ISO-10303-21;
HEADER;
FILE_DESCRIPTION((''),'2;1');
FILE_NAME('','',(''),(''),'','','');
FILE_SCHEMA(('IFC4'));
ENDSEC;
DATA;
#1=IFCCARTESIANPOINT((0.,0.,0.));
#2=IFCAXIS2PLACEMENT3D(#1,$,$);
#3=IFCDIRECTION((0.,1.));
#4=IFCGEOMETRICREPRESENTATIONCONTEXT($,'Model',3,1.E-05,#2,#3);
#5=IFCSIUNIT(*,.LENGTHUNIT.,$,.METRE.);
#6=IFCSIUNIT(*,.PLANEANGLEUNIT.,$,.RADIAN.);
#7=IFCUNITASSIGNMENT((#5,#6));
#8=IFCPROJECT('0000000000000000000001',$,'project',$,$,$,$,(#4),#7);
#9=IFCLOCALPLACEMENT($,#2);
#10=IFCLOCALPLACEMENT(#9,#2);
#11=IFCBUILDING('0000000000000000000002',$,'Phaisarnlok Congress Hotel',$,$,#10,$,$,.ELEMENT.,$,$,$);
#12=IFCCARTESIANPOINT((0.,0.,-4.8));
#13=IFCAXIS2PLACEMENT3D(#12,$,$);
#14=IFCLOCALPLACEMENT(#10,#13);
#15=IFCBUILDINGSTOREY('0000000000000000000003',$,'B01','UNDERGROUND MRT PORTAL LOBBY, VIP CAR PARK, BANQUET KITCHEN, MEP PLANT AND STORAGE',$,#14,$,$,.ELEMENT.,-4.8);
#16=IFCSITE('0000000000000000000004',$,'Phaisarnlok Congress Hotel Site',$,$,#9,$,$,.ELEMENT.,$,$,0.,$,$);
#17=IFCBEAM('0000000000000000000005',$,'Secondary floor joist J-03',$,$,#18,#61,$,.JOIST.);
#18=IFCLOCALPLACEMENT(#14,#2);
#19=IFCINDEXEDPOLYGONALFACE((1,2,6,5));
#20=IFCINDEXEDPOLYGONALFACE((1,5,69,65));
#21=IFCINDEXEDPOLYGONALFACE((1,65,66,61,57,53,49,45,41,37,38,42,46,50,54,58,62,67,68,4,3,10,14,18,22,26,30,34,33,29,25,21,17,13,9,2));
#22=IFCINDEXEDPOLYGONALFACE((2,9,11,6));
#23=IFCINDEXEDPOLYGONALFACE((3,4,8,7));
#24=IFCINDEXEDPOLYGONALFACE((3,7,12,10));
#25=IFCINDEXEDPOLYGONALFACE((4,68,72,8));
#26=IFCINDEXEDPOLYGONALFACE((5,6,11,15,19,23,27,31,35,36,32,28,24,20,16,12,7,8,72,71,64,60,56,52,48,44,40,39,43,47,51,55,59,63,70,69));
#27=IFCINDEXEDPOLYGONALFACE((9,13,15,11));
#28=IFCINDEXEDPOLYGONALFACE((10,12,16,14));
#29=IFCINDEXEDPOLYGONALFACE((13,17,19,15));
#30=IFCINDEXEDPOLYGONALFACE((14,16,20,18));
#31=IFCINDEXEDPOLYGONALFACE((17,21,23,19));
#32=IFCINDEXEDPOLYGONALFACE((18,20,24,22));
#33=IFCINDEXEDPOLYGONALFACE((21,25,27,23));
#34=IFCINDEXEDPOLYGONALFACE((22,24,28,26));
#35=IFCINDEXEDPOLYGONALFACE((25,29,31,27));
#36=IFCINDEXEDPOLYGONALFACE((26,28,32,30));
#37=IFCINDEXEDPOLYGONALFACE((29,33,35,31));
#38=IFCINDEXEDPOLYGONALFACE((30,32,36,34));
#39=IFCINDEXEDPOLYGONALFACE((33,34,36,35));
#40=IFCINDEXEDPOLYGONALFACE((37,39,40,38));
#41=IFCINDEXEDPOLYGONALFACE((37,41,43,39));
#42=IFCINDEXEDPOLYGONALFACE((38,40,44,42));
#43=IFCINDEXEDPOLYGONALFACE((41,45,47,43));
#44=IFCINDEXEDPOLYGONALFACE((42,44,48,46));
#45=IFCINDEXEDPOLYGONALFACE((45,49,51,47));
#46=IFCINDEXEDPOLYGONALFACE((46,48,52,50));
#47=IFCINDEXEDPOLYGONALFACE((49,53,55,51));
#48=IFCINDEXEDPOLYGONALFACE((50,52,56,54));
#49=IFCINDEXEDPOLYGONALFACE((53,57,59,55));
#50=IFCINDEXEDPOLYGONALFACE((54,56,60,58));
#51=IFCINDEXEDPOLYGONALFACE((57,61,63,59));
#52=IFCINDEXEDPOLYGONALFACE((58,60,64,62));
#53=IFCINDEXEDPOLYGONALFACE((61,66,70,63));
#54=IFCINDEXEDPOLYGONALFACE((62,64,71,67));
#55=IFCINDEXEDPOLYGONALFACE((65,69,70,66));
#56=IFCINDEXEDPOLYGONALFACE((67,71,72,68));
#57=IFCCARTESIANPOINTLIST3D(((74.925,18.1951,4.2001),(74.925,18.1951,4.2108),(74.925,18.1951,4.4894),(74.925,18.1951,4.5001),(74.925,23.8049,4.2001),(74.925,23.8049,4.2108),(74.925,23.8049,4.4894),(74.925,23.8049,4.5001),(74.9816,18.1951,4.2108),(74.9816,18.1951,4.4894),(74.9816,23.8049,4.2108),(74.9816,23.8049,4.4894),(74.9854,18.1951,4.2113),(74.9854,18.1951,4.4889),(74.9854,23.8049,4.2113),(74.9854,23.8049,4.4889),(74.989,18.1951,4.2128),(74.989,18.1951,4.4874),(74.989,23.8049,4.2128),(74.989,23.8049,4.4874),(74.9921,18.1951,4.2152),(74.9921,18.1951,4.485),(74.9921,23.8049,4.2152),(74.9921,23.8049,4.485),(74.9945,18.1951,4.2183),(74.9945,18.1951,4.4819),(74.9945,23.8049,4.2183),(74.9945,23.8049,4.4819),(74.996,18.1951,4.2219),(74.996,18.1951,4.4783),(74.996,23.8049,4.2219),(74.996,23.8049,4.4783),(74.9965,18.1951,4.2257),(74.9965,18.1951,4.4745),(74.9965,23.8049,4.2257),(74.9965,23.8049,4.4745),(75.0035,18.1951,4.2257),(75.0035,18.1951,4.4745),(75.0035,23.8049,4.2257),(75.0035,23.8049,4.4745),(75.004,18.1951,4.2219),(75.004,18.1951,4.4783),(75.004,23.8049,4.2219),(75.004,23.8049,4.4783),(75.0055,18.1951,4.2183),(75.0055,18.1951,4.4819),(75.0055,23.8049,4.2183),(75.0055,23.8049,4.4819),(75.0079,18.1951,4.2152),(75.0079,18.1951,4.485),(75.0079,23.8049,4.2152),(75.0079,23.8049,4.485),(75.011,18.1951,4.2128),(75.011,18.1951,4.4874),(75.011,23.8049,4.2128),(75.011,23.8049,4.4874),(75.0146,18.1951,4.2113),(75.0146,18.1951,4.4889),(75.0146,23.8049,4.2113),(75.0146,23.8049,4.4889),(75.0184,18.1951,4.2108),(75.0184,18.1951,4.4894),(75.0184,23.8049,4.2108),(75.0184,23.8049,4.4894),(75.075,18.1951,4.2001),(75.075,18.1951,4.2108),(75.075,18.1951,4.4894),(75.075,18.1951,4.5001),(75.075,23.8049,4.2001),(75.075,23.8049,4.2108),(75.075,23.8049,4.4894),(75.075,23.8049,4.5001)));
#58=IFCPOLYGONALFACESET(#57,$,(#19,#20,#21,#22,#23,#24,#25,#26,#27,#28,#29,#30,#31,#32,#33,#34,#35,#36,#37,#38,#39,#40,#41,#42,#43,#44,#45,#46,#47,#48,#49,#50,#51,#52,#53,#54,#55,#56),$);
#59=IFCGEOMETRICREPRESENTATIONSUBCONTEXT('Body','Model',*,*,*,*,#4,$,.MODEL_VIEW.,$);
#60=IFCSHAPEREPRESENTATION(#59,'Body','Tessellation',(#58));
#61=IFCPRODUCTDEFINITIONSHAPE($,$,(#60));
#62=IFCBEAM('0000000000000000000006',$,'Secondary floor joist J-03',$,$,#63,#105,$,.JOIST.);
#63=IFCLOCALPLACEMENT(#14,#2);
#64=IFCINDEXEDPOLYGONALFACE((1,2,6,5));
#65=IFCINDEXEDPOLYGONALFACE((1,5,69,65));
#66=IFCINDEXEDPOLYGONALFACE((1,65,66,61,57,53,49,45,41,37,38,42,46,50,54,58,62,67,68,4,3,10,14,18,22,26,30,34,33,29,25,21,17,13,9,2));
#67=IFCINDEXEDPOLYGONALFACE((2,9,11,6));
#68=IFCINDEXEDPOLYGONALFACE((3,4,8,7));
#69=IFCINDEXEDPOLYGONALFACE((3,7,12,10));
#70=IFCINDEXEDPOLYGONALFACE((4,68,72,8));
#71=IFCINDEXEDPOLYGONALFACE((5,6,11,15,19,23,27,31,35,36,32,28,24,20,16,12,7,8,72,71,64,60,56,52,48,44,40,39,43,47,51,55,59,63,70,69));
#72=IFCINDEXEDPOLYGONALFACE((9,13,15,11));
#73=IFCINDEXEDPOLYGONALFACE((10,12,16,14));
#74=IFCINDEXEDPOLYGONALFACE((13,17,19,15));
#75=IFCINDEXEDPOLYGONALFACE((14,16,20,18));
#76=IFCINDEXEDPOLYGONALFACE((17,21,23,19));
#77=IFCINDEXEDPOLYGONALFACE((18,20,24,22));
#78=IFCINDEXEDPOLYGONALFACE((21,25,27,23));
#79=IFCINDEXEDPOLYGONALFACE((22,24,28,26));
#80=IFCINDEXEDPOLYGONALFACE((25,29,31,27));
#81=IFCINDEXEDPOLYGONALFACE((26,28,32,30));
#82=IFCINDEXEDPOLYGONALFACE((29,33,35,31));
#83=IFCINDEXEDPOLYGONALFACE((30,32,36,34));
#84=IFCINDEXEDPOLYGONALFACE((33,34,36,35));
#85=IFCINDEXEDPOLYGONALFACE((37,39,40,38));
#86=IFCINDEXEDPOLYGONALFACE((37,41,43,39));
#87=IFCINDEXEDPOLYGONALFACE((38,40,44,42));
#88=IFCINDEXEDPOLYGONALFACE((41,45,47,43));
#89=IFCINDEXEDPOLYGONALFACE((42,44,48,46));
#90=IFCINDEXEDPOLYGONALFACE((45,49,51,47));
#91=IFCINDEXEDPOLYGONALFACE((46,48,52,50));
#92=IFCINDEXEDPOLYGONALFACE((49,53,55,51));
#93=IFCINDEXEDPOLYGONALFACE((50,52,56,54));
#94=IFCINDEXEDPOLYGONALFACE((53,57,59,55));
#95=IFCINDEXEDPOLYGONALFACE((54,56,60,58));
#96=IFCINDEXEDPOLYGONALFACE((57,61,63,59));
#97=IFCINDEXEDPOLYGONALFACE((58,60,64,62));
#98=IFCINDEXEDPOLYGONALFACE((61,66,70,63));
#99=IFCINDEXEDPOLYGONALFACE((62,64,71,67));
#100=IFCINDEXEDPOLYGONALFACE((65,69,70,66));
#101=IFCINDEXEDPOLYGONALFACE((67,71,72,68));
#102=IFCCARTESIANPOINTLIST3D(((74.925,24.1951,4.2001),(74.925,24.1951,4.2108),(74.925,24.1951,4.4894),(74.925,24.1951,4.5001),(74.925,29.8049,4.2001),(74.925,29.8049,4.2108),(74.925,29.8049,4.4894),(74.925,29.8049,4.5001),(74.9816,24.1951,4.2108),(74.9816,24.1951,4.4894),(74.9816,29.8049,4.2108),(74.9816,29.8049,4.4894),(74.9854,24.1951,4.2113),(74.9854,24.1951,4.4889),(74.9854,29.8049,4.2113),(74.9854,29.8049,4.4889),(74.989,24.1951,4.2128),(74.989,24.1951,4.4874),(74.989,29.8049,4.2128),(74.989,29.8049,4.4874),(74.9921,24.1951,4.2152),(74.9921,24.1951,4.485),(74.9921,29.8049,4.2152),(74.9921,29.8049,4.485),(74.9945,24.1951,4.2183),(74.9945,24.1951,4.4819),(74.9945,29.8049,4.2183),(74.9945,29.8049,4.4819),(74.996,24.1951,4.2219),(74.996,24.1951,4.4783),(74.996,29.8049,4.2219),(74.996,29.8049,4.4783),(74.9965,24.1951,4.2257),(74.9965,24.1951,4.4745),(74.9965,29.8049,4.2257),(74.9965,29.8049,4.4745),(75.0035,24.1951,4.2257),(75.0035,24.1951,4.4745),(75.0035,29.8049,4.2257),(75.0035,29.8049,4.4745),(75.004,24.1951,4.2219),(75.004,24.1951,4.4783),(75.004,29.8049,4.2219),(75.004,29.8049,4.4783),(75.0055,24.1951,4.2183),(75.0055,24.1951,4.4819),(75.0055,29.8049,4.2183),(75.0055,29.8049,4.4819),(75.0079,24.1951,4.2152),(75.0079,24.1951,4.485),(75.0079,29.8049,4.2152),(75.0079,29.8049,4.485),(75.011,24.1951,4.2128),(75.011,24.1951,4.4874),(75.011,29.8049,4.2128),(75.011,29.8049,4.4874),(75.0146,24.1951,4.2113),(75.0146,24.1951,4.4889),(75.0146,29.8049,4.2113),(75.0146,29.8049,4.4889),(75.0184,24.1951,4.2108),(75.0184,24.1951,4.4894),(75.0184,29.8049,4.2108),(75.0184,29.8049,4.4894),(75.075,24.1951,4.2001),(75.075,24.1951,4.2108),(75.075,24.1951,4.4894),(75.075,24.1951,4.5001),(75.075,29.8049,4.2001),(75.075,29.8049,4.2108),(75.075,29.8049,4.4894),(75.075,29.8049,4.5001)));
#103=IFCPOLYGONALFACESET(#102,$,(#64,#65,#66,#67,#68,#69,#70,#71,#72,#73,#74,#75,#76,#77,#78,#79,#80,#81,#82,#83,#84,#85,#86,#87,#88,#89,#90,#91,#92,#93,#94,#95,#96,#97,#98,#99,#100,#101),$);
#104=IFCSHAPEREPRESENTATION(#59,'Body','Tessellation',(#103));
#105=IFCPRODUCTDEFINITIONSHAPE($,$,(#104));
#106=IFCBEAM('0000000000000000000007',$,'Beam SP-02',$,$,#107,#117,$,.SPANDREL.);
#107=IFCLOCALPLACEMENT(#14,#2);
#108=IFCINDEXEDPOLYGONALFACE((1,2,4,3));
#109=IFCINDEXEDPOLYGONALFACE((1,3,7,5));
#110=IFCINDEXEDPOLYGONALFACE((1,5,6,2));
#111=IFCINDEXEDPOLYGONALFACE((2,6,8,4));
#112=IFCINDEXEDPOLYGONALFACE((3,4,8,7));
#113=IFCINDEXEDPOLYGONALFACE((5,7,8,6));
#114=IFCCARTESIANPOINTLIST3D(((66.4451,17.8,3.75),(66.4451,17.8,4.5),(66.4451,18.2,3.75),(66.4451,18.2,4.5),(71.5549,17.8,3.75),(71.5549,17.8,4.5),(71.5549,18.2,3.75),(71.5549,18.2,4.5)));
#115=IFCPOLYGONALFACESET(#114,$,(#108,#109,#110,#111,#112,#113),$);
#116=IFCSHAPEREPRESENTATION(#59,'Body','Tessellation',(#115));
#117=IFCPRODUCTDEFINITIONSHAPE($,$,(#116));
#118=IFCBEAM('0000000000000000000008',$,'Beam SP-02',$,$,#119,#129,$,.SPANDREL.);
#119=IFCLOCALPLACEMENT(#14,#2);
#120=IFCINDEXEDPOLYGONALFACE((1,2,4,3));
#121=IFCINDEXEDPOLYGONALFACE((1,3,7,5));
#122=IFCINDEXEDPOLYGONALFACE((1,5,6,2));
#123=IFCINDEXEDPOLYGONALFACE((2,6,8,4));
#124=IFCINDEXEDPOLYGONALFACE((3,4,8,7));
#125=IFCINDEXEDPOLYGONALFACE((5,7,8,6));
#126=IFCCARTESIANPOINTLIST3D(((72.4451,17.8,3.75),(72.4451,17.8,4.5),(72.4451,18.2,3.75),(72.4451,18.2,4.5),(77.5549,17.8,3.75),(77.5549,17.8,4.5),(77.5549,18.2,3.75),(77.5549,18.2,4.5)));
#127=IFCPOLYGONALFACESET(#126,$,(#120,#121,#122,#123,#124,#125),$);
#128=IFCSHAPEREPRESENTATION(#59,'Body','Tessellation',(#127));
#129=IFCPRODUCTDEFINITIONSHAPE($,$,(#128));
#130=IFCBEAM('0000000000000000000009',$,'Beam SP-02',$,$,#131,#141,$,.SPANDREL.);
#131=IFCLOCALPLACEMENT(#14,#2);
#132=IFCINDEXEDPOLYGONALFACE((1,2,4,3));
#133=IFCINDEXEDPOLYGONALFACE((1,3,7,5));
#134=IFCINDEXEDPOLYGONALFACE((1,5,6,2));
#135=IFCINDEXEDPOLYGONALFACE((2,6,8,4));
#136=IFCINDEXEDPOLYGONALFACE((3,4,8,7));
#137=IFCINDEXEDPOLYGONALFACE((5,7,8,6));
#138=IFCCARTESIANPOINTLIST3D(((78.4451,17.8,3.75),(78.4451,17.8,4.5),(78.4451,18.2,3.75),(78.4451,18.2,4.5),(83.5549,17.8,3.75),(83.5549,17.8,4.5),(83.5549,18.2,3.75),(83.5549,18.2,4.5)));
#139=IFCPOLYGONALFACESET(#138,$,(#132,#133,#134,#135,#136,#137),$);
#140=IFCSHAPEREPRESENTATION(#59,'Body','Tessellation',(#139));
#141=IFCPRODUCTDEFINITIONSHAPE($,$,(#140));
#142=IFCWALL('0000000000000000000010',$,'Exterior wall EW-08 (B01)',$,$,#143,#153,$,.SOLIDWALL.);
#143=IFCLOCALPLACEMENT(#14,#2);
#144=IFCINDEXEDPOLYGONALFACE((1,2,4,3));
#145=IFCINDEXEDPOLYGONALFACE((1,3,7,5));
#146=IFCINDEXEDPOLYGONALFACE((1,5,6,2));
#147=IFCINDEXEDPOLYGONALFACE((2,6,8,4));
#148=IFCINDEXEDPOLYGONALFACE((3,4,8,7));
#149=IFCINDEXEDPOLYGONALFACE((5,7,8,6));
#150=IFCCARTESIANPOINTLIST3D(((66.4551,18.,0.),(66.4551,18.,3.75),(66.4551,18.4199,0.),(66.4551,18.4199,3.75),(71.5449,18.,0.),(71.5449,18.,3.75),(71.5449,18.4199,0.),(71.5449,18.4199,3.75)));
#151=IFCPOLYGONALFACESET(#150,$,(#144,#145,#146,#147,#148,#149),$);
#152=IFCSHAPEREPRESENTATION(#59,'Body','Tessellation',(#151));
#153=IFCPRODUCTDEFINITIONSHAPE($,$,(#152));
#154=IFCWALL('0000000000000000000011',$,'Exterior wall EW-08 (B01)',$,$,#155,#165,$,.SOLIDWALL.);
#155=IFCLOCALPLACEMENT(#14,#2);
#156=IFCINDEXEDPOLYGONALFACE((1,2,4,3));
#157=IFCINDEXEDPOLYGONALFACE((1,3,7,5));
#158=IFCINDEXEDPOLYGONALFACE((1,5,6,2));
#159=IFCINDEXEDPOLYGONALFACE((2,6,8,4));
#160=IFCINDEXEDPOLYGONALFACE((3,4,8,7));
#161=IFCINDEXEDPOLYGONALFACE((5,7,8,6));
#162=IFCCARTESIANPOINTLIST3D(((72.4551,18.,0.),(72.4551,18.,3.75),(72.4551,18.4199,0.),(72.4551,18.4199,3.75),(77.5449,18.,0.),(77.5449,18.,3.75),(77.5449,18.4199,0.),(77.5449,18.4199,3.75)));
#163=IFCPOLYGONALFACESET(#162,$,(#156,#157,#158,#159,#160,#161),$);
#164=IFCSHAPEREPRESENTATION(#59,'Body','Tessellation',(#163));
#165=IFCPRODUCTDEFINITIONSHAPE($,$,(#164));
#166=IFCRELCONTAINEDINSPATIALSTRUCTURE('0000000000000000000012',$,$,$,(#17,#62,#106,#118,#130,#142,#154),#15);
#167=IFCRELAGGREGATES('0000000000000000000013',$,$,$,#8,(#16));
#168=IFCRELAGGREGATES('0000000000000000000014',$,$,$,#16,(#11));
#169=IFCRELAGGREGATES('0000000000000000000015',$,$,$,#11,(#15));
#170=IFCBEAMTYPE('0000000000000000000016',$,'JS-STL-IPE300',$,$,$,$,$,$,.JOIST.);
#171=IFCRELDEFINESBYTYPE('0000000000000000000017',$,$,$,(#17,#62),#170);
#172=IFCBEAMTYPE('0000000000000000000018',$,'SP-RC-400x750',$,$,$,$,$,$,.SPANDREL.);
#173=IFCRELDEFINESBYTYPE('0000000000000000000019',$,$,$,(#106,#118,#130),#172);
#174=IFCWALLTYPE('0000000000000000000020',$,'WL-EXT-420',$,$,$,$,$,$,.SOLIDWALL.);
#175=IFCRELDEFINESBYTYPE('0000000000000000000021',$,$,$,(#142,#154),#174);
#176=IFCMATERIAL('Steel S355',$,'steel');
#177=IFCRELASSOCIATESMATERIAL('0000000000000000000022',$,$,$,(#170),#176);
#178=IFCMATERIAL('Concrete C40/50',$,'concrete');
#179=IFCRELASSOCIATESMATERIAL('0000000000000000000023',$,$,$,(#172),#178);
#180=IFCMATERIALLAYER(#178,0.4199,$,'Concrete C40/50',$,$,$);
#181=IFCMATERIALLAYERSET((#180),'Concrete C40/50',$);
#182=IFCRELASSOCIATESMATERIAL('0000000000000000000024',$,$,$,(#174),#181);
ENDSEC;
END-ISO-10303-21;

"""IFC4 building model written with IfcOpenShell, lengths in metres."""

from ifc_helpers import new_model, si_unit, direction, frame, frame_2d, origin, origin_2d, place, context, subcontext, project, spatial, rectangle, i_section, extrude, material, layer, layer_set, material_profile, profile_set, type_object, element, save


model = new_model("IFC4")

# Units and contexts
model_context = context("Model", 3, precision=1e-05, world=origin(), true_north=direction((0.0, 1.0)))
body_context = subcontext(model_context, "Body", "Model", "MODEL_VIEW")
ifc_project = project(units=[si_unit("LENGTHUNIT", "METRE"), si_unit("PLANEANGLEUNIT", "RADIAN")], contexts=[model_context])

# Site, building, storey
site_placement = place(None, origin())
site = spatial("IfcSite", under=ifc_project, at=site_placement, Name="Phaisarnlok Congress Hotel Site", CompositionType="ELEMENT", RefElevation=0.0)
building_placement = place(site_placement, origin())
building = spatial("IfcBuilding", under=site, at=building_placement, Name="Phaisarnlok Congress Hotel", CompositionType="ELEMENT")
storey_placement = place(building_placement, frame((0.0, 0.0, -4.8)))
storey = spatial("IfcBuildingStorey", under=building, at=storey_placement, Name="B01", Description="UNDERGROUND MRT PORTAL LOBBY, VIP CAR PARK, BANQUET KITCHEN, MEP PLANT AND STORAGE", CompositionType="ELEMENT", Elevation=-4.8)

# Shared definitions
ifc_material_1 = material(Name="Concrete C40/50", Category="concrete")

# Beams
ifc_material_2 = material(Name="Steel S355", Category="steel")
ifc_material_profile_1 = material_profile(ifc_material_2, i_section(OverallWidth=0.1499, OverallDepth=0.3, WebThickness=0.0071, FlangeThickness=0.0107, FilletRadius=0.0149, at=origin_2d()), Name="IPE 300")
ifc_profile_set_1 = profile_set([ifc_material_profile_1], Name="Steel S355")
beam_type_1 = type_object("IfcBeamType", Name="JS-STL-IPE300", PredefinedType="JOIST", material=ifc_profile_set_1)
for number, where, z_axis, x_axis, name in (
    (1, (75.0, 18.1951, 4.3501), (0.0, 1.0, 0.0), (-1.0, 0.0, 0.0), "Secondary floor joist J-03"),
    (2, (75.0, 24.1951, 4.3501), (0.0, 1.0, 0.0), (-1.0, 0.0, 0.0), "Secondary floor joist J-03"),
):
    element("IfcBeam", number, at=place(storey_placement, frame(where, z_axis=z_axis, x_axis=x_axis)), inside=storey, type_object=beam_type_1, Name=name, PredefinedType="JOIST", context=body_context, shape_type="SweptSolid", body=[
        extrude(i_section(OverallWidth=0.1499, OverallDepth=0.3, WebThickness=0.0071, FlangeThickness=0.0107, FilletRadius=0.0149, at=origin_2d()), origin(), (0.0, 0.0, 1.0), 5.6099),
    ])
ifc_material_profile_2 = material_profile(ifc_material_1, rectangle(XDim=0.3999, YDim=0.75, at=origin_2d()), Name="RC 400x750")
ifc_profile_set_2 = profile_set([ifc_material_profile_2], Name="Concrete C40/50")
beam_type_2 = type_object("IfcBeamType", Name="SP-RC-400x750", PredefinedType="SPANDREL", material=ifc_profile_set_2)
for number, where, z_axis, x_axis, name in (
    (3, (66.4451, 18.0, 4.125), (1.0, 0.0, 0.0), (0.0, 1.0, 0.0), "Beam SP-02"),
    (4, (72.4451, 18.0, 4.125), (1.0, 0.0, 0.0), (0.0, 1.0, 0.0), "Beam SP-02"),
    (5, (78.4451, 18.0, 4.125), (1.0, 0.0, 0.0), (0.0, 1.0, 0.0), "Beam SP-02"),
):
    element("IfcBeam", number, at=place(storey_placement, frame(where, z_axis=z_axis, x_axis=x_axis)), inside=storey, type_object=beam_type_2, Name=name, PredefinedType="SPANDREL", context=body_context, shape_type="SweptSolid", body=[
        extrude(rectangle(XDim=0.3999, YDim=0.75, at=origin_2d()), origin(), (0.0, 0.0, 1.0), 5.1099),
    ])

# Walls
ifc_layer = layer(ifc_material_1, 0.4199, Name="Concrete C40/50")
ifc_layer_set = layer_set([ifc_layer], Name="Concrete C40/50")
wall_type = type_object("IfcWallType", Name="WL-EXT-420", PredefinedType="SOLIDWALL", material=ifc_layer_set)
for number, where, z_axis, x_axis, name in (
    (6, (66.4551, 18.21, 0.0), (0.0, 0.0, 1.0), (1.0, 0.0, 0.0), "Exterior wall EW-08 (B01)"),
    (7, (72.4551, 18.21, 0.0), (0.0, 0.0, 1.0), (1.0, 0.0, 0.0), "Exterior wall EW-08 (B01)"),
):
    element("IfcWall", number, at=place(storey_placement, frame(where, z_axis=z_axis, x_axis=x_axis)), inside=storey, type_object=wall_type, Name=name, PredefinedType="SOLIDWALL", context=body_context, shape_type="SweptSolid", body=[
        extrude(rectangle(XDim=5.0898, YDim=0.4199, at=frame_2d((2.5449, 0.0))), origin(), (0.0, 0.0, 1.0), 3.75),
    ])

save(model, "model.ifc")
